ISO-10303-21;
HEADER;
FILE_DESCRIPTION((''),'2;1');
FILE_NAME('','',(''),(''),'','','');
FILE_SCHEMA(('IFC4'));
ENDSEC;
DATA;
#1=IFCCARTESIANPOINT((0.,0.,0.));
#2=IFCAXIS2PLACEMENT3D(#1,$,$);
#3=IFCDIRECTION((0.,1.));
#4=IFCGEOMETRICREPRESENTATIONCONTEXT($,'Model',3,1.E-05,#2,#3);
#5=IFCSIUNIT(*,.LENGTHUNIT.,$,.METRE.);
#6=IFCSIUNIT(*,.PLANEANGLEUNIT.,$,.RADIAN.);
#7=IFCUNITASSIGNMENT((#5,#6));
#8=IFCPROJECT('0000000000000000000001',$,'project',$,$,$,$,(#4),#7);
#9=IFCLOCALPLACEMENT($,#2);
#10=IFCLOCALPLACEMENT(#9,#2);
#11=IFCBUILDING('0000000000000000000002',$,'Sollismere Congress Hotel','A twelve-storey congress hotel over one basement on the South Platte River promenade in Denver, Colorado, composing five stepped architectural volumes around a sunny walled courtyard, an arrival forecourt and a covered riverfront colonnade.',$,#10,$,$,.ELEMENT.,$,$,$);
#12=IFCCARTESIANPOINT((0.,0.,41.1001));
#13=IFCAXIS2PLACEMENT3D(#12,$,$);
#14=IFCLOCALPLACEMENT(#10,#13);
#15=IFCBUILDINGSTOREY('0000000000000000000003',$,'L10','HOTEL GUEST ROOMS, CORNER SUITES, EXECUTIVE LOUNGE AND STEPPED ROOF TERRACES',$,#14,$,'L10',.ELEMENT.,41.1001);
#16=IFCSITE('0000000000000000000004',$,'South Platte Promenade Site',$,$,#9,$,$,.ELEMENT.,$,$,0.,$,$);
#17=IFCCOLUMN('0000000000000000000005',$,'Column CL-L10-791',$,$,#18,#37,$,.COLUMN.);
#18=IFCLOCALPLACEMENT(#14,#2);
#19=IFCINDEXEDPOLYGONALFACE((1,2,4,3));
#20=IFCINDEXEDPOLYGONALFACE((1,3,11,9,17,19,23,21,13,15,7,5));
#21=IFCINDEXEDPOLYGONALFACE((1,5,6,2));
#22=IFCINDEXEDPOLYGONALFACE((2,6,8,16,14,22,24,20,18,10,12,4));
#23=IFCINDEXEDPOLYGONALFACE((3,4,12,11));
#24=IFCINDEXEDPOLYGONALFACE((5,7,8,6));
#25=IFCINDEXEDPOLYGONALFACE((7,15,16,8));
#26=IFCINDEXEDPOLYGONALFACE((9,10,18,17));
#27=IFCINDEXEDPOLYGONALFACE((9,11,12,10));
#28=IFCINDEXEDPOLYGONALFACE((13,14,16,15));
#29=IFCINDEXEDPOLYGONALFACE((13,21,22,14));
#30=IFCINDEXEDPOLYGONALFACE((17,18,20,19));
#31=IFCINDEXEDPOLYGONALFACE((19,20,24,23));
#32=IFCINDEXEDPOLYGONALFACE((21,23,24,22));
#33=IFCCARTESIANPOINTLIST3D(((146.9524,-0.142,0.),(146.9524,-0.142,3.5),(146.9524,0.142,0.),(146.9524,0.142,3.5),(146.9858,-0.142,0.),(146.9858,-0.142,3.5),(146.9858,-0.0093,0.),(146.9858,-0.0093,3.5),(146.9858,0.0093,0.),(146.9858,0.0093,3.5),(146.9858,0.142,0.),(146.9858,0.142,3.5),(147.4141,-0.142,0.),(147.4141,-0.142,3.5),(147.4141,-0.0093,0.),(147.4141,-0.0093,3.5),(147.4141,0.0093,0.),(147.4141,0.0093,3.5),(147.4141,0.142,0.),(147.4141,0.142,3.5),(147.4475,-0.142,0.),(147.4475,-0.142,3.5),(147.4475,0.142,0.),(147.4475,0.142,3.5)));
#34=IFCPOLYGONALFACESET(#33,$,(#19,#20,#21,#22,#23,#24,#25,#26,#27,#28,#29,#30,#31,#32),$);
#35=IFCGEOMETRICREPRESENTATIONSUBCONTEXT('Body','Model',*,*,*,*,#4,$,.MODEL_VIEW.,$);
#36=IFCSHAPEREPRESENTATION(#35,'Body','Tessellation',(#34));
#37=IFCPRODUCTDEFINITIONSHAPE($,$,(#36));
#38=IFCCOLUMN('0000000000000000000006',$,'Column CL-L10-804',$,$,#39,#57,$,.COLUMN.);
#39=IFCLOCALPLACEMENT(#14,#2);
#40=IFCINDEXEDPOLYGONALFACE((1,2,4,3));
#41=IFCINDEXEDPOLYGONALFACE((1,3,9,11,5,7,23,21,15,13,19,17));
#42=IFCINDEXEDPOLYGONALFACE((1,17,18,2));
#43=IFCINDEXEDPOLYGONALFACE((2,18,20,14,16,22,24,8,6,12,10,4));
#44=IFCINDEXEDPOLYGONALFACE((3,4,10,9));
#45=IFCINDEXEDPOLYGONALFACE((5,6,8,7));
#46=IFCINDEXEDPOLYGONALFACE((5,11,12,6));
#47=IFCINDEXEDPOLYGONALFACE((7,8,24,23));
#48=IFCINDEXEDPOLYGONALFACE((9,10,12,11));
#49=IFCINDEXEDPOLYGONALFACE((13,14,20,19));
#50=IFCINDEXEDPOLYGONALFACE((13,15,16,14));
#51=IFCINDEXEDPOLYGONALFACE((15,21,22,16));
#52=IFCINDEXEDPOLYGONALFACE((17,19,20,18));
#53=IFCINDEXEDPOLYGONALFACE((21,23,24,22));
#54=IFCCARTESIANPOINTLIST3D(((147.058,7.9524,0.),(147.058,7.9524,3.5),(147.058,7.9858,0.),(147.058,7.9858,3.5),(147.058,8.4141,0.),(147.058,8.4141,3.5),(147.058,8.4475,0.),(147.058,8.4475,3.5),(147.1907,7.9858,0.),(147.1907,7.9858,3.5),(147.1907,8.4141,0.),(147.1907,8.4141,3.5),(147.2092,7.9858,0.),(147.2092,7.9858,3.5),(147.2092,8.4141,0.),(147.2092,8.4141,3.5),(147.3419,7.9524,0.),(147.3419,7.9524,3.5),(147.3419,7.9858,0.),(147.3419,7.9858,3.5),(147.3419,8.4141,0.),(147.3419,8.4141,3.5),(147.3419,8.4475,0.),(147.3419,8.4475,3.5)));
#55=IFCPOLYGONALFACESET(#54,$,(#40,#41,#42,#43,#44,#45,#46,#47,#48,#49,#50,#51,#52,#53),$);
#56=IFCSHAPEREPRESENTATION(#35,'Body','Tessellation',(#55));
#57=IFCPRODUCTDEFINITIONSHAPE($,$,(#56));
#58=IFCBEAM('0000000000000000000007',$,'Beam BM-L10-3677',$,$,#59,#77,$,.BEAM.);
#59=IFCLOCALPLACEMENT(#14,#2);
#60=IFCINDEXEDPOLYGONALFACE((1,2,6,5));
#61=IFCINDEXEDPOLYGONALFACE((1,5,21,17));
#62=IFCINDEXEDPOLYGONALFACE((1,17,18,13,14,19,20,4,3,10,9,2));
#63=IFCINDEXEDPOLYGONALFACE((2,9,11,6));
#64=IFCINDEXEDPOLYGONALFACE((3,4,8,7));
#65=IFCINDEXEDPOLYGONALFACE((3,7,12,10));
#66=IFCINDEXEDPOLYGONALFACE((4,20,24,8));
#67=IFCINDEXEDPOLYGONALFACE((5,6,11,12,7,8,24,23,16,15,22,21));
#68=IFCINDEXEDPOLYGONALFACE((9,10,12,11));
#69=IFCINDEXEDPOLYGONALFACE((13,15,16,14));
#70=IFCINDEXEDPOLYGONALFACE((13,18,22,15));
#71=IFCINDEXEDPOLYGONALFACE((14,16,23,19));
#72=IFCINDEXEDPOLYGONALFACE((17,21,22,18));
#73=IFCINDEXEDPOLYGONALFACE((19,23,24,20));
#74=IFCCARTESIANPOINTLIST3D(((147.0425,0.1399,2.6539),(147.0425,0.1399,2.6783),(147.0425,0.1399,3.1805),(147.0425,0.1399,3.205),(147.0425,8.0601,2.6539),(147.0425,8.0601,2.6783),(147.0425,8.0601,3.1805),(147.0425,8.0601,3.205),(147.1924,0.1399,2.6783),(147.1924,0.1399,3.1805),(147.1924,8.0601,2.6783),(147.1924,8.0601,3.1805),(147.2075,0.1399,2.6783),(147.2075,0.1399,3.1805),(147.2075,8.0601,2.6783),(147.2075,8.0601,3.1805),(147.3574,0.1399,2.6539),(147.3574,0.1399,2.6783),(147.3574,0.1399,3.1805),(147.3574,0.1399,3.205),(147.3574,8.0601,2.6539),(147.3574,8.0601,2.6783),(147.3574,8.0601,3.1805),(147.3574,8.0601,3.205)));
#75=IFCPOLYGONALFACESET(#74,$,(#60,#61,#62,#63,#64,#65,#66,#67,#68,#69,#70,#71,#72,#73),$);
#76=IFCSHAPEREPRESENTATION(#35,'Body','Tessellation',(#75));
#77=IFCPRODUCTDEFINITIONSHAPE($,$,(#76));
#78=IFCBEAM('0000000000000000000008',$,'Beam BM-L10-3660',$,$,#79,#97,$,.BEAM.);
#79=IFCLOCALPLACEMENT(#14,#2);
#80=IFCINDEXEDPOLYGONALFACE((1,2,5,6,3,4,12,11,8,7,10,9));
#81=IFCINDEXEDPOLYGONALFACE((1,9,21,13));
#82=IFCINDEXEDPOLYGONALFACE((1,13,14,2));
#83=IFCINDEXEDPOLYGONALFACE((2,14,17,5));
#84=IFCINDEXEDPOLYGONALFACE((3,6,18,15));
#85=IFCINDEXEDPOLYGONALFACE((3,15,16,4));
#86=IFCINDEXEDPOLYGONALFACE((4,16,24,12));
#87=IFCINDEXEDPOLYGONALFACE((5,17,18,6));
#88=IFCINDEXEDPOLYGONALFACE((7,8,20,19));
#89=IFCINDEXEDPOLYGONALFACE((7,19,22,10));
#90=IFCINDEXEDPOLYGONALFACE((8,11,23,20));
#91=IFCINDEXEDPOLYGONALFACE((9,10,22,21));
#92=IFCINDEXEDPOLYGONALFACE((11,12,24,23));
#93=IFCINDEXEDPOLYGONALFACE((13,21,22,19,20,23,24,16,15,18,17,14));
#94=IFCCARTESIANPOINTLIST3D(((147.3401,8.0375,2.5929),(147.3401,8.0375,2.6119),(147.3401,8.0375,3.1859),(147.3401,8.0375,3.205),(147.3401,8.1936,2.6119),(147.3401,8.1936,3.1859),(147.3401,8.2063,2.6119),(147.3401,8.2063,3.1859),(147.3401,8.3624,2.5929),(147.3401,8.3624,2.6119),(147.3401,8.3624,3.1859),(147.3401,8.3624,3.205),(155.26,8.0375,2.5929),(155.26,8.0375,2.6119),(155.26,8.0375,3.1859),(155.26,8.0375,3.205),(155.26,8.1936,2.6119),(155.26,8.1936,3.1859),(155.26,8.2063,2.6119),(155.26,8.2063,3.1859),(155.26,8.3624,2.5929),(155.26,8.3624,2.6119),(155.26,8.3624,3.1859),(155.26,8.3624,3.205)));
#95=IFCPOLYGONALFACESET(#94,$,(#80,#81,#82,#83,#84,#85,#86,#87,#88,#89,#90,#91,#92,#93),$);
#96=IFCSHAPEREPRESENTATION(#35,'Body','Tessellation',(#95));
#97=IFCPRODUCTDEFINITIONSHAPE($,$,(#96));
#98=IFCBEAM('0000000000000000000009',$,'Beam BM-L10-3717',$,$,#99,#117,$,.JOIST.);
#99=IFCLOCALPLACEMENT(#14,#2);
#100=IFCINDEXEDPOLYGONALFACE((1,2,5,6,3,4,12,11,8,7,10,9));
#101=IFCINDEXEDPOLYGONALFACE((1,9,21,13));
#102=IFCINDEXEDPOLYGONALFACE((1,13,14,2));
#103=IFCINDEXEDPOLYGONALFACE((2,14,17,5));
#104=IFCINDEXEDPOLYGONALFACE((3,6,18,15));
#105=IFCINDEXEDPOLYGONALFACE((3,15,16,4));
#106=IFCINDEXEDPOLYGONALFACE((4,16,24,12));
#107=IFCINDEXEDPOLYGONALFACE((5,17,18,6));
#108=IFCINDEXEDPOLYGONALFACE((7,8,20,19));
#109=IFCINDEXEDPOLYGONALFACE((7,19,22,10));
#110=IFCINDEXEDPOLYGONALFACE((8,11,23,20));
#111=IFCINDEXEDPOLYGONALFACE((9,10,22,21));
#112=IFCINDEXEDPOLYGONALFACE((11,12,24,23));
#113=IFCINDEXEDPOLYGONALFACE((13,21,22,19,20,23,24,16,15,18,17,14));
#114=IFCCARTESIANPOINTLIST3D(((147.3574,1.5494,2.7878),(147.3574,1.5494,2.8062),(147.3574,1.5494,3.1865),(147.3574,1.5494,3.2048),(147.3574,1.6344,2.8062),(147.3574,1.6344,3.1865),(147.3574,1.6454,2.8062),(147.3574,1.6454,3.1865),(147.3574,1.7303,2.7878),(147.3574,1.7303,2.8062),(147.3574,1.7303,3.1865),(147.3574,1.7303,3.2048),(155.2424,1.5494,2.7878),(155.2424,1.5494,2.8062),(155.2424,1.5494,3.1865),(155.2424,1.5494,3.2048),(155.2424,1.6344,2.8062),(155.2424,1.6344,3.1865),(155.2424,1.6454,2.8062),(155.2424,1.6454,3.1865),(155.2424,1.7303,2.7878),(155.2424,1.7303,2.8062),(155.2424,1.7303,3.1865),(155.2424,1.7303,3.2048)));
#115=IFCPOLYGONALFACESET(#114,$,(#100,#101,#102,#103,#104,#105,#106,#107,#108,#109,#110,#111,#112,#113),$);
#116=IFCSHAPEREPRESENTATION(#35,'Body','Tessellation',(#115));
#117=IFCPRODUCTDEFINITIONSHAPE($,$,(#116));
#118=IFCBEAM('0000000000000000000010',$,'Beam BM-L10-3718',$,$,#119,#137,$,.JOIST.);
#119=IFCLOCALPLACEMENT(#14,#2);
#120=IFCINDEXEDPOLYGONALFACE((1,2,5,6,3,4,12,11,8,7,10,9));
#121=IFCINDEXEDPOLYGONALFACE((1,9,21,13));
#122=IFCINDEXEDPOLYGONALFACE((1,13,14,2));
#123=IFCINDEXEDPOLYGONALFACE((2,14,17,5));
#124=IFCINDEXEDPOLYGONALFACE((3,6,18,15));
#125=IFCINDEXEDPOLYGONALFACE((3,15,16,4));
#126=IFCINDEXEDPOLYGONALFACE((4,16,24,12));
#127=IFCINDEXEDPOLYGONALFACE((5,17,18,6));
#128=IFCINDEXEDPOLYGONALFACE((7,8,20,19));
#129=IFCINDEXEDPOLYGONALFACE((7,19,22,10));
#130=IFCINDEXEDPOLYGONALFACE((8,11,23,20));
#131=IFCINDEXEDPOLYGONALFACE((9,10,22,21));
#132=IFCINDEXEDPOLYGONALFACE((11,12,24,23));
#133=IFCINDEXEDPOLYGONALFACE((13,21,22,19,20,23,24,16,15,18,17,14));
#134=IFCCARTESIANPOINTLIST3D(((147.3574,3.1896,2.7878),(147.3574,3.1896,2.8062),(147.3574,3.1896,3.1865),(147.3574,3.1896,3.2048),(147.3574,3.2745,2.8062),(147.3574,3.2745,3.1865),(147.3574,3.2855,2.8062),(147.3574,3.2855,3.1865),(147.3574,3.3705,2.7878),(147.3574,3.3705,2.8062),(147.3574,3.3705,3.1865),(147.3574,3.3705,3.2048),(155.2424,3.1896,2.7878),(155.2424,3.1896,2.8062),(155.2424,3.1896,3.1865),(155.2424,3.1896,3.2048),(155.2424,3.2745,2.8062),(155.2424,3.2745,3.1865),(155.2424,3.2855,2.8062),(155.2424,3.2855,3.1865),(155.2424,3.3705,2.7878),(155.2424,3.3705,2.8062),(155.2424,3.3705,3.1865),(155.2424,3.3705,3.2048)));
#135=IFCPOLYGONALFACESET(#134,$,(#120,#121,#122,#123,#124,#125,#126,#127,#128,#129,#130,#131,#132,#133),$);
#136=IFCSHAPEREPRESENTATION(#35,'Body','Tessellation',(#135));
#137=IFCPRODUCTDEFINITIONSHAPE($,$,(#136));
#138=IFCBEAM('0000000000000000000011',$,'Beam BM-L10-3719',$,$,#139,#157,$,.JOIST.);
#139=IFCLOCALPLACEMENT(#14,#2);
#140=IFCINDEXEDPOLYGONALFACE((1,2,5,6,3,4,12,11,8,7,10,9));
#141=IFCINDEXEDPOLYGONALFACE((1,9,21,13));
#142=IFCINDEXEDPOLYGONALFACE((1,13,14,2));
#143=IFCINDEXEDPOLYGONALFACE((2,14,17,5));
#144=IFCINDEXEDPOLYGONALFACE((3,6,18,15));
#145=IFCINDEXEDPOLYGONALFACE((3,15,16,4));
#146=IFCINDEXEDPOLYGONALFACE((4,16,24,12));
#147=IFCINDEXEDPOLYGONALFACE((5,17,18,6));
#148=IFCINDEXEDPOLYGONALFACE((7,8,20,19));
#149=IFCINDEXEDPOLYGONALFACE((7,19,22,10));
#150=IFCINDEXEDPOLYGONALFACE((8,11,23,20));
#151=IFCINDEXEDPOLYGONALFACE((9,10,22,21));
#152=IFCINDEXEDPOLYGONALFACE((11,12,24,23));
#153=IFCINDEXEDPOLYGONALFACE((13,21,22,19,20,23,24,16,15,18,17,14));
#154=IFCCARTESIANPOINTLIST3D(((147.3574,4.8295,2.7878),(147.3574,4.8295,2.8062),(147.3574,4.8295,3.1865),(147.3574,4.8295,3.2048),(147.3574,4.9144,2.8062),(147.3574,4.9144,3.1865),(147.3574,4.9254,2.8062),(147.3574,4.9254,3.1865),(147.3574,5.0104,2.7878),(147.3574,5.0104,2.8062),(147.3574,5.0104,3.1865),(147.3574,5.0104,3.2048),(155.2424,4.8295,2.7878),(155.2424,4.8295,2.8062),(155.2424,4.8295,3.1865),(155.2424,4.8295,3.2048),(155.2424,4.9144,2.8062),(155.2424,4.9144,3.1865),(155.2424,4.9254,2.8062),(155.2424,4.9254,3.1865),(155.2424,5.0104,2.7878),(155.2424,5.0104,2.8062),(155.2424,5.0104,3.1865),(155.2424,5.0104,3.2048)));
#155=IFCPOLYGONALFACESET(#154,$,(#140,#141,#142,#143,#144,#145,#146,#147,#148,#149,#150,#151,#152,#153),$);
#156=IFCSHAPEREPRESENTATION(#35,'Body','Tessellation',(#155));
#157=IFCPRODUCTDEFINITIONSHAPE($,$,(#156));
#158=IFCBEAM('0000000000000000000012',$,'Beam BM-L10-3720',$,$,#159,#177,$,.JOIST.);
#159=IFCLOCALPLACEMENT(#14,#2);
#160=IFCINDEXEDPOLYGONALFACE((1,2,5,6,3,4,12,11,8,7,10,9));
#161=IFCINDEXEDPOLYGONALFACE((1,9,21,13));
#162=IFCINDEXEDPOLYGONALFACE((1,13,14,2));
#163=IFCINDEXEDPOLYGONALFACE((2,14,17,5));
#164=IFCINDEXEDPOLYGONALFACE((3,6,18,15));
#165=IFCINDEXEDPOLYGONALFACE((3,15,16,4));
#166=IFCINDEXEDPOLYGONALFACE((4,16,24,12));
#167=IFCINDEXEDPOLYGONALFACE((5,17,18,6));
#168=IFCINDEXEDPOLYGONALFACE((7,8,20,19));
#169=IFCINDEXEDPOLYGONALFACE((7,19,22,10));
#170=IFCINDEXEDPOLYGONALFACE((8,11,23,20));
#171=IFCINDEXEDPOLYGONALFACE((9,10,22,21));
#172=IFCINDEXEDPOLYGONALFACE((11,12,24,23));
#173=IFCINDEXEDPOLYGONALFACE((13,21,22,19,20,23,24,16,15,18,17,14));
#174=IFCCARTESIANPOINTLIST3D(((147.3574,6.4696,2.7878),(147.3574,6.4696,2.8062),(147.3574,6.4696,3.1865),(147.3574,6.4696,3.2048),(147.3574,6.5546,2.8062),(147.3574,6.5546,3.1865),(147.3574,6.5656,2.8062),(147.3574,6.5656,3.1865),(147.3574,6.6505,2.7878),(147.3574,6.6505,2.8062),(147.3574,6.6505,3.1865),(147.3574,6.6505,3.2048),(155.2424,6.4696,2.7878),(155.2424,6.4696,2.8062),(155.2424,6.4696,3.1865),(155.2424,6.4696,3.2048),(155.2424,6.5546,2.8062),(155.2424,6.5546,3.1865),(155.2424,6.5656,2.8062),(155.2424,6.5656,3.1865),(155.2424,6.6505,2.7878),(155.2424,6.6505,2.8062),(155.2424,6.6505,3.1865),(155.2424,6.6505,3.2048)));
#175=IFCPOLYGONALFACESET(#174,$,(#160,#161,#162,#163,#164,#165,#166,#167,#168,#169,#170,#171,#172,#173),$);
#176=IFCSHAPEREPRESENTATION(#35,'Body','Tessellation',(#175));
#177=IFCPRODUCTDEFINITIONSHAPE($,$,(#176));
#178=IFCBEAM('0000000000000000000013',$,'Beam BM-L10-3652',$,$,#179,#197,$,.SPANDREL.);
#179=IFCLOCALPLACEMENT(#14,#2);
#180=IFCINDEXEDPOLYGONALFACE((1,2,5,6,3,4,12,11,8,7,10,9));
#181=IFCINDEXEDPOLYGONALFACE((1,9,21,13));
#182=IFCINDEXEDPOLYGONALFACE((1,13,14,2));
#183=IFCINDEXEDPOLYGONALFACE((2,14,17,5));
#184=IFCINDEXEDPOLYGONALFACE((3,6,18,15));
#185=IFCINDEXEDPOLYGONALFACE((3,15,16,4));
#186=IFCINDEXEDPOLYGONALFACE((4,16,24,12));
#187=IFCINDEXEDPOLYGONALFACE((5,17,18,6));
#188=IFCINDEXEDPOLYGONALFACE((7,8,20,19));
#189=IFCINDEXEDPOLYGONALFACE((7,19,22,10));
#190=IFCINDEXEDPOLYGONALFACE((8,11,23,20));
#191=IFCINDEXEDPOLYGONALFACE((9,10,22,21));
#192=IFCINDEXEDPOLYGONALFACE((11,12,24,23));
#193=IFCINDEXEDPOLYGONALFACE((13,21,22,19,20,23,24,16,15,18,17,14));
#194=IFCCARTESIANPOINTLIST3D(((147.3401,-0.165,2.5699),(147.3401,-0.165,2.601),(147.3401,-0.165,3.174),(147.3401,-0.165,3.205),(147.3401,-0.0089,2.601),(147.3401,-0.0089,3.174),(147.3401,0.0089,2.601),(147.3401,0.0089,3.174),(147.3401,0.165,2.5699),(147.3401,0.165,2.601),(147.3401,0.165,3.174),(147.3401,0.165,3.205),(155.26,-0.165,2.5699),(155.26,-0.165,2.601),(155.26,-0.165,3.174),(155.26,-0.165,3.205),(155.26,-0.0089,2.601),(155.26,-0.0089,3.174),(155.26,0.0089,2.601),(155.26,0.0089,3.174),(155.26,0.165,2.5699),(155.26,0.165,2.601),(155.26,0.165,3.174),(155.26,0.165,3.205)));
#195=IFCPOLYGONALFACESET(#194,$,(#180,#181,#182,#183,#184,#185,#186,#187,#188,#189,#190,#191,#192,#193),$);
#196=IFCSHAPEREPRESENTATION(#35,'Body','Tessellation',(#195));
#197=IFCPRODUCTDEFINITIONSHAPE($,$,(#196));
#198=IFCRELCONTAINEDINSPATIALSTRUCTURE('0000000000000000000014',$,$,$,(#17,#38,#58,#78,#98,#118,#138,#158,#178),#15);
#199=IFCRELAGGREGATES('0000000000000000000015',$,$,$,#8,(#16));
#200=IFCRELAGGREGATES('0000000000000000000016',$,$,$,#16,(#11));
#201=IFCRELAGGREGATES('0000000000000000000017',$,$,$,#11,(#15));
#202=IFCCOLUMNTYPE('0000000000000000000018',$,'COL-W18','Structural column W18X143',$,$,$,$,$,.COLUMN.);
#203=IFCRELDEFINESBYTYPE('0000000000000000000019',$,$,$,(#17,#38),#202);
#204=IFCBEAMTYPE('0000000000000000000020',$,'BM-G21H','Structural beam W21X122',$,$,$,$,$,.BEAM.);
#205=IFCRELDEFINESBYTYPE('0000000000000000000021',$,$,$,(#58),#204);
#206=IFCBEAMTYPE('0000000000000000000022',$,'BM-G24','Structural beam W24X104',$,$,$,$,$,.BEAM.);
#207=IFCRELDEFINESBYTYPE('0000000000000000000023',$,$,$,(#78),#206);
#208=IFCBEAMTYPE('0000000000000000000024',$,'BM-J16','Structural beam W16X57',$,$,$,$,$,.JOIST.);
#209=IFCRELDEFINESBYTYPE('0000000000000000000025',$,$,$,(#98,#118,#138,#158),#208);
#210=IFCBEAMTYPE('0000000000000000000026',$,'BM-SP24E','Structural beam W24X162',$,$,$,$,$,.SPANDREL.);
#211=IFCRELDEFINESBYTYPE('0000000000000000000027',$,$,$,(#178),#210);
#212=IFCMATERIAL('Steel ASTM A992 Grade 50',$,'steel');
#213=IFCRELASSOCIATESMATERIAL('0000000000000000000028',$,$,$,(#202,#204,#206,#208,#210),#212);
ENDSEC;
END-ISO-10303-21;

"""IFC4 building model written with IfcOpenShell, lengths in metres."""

from ifc_helpers import new_model, si_unit, direction, frame, origin, origin_2d, place, context, subcontext, project, spatial, i_section, extrude, material, material_profile, profile_set, type_object, element, save


model = new_model("IFC4")

# Units and contexts
model_context = context("Model", 3, precision=1e-05, world=origin(), true_north=direction((0.0, 1.0)))
body_context = subcontext(model_context, "Body", "Model", "MODEL_VIEW")
ifc_project = project(units=[si_unit("LENGTHUNIT", "METRE"), si_unit("PLANEANGLEUNIT", "RADIAN")], contexts=[model_context])

# Site, building, storey
site_placement = place(None, origin())
site = spatial("IfcSite", under=ifc_project, at=site_placement, Name="South Platte Promenade Site", CompositionType="ELEMENT", RefElevation=0.0)
building_placement = place(site_placement, origin())
building = spatial("IfcBuilding", under=site, at=building_placement, Name="Sollismere Congress Hotel", Description="A twelve-storey congress hotel over one basement on the South Platte River promenade in Denver, Colorado, composing five stepped architectural volumes around a sunny walled courtyard, an arrival forecourt and a covered riverfront colonnade.", CompositionType="ELEMENT")
storey_placement = place(building_placement, frame((0.0, 0.0, 41.1001)))
storey = spatial("IfcBuildingStorey", under=building, at=storey_placement, Name="L10", Description="HOTEL GUEST ROOMS, CORNER SUITES, EXECUTIVE LOUNGE AND STEPPED ROOF TERRACES", LongName="L10", CompositionType="ELEMENT", Elevation=41.1001)

# Columns
ifc_material_1 = material(Name="Steel ASTM A992 Grade 50", Category="steel")
ifc_material_profile_1 = material_profile(ifc_material_1, i_section(OverallWidth=0.2839, OverallDepth=0.4951, WebThickness=0.0186, FlangeThickness=0.0334, at=origin_2d()), Name="W18X143")
ifc_profile_set_1 = profile_set([ifc_material_profile_1], Name="Steel ASTM A992 Grade 50")
column_type = type_object("IfcColumnType", Name="COL-W18", Description="Structural column W18X143", PredefinedType="COLUMN", material=ifc_profile_set_1)
for number, where, z_axis, x_axis, name in (
    (1, (147.2, 0.0, 0.0), (0.0, 0.0, 1.0), (0.0, 1.0, 0.0), "Column CL-L10-791"),
    (2, (147.2, 8.2, 0.0), (0.0, 0.0, 1.0), (1.0, 0.0, 0.0), "Column CL-L10-804"),
):
    element("IfcColumn", number, at=place(storey_placement, frame(where, z_axis=z_axis, x_axis=x_axis)), inside=storey, type_object=column_type, Name=name, PredefinedType="COLUMN", context=body_context, shape_type="SweptSolid", body=[
        extrude(i_section(OverallWidth=0.2839, OverallDepth=0.4951, WebThickness=0.0186, FlangeThickness=0.0334, at=origin_2d()), origin(), (0.0, 0.0, 1.0), 3.5),
    ])

# Beams
ifc_material_profile_2 = material_profile(ifc_material_1, i_section(OverallWidth=0.3149, OverallDepth=0.551, WebThickness=0.0151, FlangeThickness=0.0244, at=origin_2d()), Name="W21X122")
ifc_profile_set_2 = profile_set([ifc_material_profile_2], Name="Steel ASTM A992 Grade 50")
beam_type_1 = type_object("IfcBeamType", Name="BM-G21H", Description="Structural beam W21X122", PredefinedType="BEAM", material=ifc_profile_set_2)
beam_1_placement = place(storey_placement, frame((147.2, 0.1399, 2.9294), z_axis=(0.0, 1.0, 0.0), x_axis=(-1.0, 0.0, 0.0)))
element("IfcBeam", 3, at=beam_1_placement, inside=storey, type_object=beam_type_1, Name="Beam BM-L10-3677", PredefinedType="BEAM", context=body_context, shape_type="SweptSolid", body=[
    extrude(i_section(OverallWidth=0.3149, OverallDepth=0.551, WebThickness=0.0151, FlangeThickness=0.0244, at=origin_2d()), origin(), (0.0, 0.0, 1.0), 7.9202),
])
ifc_material_profile_3 = material_profile(ifc_material_1, i_section(OverallWidth=0.325, OverallDepth=0.6121, WebThickness=0.0127, FlangeThickness=0.019, at=origin_2d()), Name="W24X104")
ifc_profile_set_3 = profile_set([ifc_material_profile_3], Name="Steel ASTM A992 Grade 50")
beam_type_2 = type_object("IfcBeamType", Name="BM-G24", Description="Structural beam W24X104", PredefinedType="BEAM", material=ifc_profile_set_3)
beam_2_placement = place(storey_placement, frame((147.3401, 8.2, 2.8989), z_axis=(1.0, 0.0, 0.0), x_axis=(0.0, 1.0, 0.0)))
element("IfcBeam", 4, at=beam_2_placement, inside=storey, type_object=beam_type_2, Name="Beam BM-L10-3660", PredefinedType="BEAM", context=body_context, shape_type="SweptSolid", body=[
    extrude(i_section(OverallWidth=0.325, OverallDepth=0.6121, WebThickness=0.0127, FlangeThickness=0.019, at=origin_2d()), origin(), (0.0, 0.0, 1.0), 7.9199),
])
ifc_material_profile_4 = material_profile(ifc_material_1, i_section(OverallWidth=0.1809, OverallDepth=0.417, WebThickness=0.011, FlangeThickness=0.0183, at=origin_2d()), Name="W16X57")
ifc_profile_set_4 = profile_set([ifc_material_profile_4], Name="Steel ASTM A992 Grade 50")
beam_type_3 = type_object("IfcBeamType", Name="BM-J16", Description="Structural beam W16X57", PredefinedType="JOIST", material=ifc_profile_set_4)
for number, where, z_axis, x_axis, name in (
    (5, (147.3574, 1.6399, 2.9963), (1.0, 0.0, 0.0), (0.0, 1.0, 0.0), "Beam BM-L10-3717"),
    (6, (147.3574, 3.28, 2.9963), (1.0, 0.0, 0.0), (0.0, 1.0, 0.0), "Beam BM-L10-3718"),
    (7, (147.3574, 4.9199, 2.9963), (1.0, 0.0, 0.0), (0.0, 1.0, 0.0), "Beam BM-L10-3719"),
    (8, (147.3574, 6.5601, 2.9963), (1.0, 0.0, 0.0), (0.0, 1.0, 0.0), "Beam BM-L10-3720"),
):
    element("IfcBeam", number, at=place(storey_placement, frame(where, z_axis=z_axis, x_axis=x_axis)), inside=storey, type_object=beam_type_3, Name=name, PredefinedType="JOIST", context=body_context, shape_type="SweptSolid", body=[
        extrude(i_section(OverallWidth=0.1809, OverallDepth=0.417, WebThickness=0.011, FlangeThickness=0.0183, at=origin_2d()), origin(), (0.0, 0.0, 1.0), 7.885),
    ])
ifc_material_profile_5 = material_profile(ifc_material_1, i_section(OverallWidth=0.3301, OverallDepth=0.635, WebThickness=0.0178, FlangeThickness=0.031, at=origin_2d()), Name="W24X162")
ifc_profile_set_5 = profile_set([ifc_material_profile_5], Name="Steel ASTM A992 Grade 50")
beam_type_4 = type_object("IfcBeamType", Name="BM-SP24E", Description="Structural beam W24X162", PredefinedType="SPANDREL", material=ifc_profile_set_5)
beam_3_placement = place(storey_placement, frame((147.3401, 0.0, 2.8875), z_axis=(1.0, 0.0, 0.0), x_axis=(0.0, 1.0, 0.0)))
element("IfcBeam", 9, at=beam_3_placement, inside=storey, type_object=beam_type_4, Name="Beam BM-L10-3652", PredefinedType="SPANDREL", context=body_context, shape_type="SweptSolid", body=[
    extrude(i_section(OverallWidth=0.3301, OverallDepth=0.635, WebThickness=0.0178, FlangeThickness=0.031, at=origin_2d()), origin(), (0.0, 0.0, 1.0), 7.9199),
])

save(model, "model.ifc")
